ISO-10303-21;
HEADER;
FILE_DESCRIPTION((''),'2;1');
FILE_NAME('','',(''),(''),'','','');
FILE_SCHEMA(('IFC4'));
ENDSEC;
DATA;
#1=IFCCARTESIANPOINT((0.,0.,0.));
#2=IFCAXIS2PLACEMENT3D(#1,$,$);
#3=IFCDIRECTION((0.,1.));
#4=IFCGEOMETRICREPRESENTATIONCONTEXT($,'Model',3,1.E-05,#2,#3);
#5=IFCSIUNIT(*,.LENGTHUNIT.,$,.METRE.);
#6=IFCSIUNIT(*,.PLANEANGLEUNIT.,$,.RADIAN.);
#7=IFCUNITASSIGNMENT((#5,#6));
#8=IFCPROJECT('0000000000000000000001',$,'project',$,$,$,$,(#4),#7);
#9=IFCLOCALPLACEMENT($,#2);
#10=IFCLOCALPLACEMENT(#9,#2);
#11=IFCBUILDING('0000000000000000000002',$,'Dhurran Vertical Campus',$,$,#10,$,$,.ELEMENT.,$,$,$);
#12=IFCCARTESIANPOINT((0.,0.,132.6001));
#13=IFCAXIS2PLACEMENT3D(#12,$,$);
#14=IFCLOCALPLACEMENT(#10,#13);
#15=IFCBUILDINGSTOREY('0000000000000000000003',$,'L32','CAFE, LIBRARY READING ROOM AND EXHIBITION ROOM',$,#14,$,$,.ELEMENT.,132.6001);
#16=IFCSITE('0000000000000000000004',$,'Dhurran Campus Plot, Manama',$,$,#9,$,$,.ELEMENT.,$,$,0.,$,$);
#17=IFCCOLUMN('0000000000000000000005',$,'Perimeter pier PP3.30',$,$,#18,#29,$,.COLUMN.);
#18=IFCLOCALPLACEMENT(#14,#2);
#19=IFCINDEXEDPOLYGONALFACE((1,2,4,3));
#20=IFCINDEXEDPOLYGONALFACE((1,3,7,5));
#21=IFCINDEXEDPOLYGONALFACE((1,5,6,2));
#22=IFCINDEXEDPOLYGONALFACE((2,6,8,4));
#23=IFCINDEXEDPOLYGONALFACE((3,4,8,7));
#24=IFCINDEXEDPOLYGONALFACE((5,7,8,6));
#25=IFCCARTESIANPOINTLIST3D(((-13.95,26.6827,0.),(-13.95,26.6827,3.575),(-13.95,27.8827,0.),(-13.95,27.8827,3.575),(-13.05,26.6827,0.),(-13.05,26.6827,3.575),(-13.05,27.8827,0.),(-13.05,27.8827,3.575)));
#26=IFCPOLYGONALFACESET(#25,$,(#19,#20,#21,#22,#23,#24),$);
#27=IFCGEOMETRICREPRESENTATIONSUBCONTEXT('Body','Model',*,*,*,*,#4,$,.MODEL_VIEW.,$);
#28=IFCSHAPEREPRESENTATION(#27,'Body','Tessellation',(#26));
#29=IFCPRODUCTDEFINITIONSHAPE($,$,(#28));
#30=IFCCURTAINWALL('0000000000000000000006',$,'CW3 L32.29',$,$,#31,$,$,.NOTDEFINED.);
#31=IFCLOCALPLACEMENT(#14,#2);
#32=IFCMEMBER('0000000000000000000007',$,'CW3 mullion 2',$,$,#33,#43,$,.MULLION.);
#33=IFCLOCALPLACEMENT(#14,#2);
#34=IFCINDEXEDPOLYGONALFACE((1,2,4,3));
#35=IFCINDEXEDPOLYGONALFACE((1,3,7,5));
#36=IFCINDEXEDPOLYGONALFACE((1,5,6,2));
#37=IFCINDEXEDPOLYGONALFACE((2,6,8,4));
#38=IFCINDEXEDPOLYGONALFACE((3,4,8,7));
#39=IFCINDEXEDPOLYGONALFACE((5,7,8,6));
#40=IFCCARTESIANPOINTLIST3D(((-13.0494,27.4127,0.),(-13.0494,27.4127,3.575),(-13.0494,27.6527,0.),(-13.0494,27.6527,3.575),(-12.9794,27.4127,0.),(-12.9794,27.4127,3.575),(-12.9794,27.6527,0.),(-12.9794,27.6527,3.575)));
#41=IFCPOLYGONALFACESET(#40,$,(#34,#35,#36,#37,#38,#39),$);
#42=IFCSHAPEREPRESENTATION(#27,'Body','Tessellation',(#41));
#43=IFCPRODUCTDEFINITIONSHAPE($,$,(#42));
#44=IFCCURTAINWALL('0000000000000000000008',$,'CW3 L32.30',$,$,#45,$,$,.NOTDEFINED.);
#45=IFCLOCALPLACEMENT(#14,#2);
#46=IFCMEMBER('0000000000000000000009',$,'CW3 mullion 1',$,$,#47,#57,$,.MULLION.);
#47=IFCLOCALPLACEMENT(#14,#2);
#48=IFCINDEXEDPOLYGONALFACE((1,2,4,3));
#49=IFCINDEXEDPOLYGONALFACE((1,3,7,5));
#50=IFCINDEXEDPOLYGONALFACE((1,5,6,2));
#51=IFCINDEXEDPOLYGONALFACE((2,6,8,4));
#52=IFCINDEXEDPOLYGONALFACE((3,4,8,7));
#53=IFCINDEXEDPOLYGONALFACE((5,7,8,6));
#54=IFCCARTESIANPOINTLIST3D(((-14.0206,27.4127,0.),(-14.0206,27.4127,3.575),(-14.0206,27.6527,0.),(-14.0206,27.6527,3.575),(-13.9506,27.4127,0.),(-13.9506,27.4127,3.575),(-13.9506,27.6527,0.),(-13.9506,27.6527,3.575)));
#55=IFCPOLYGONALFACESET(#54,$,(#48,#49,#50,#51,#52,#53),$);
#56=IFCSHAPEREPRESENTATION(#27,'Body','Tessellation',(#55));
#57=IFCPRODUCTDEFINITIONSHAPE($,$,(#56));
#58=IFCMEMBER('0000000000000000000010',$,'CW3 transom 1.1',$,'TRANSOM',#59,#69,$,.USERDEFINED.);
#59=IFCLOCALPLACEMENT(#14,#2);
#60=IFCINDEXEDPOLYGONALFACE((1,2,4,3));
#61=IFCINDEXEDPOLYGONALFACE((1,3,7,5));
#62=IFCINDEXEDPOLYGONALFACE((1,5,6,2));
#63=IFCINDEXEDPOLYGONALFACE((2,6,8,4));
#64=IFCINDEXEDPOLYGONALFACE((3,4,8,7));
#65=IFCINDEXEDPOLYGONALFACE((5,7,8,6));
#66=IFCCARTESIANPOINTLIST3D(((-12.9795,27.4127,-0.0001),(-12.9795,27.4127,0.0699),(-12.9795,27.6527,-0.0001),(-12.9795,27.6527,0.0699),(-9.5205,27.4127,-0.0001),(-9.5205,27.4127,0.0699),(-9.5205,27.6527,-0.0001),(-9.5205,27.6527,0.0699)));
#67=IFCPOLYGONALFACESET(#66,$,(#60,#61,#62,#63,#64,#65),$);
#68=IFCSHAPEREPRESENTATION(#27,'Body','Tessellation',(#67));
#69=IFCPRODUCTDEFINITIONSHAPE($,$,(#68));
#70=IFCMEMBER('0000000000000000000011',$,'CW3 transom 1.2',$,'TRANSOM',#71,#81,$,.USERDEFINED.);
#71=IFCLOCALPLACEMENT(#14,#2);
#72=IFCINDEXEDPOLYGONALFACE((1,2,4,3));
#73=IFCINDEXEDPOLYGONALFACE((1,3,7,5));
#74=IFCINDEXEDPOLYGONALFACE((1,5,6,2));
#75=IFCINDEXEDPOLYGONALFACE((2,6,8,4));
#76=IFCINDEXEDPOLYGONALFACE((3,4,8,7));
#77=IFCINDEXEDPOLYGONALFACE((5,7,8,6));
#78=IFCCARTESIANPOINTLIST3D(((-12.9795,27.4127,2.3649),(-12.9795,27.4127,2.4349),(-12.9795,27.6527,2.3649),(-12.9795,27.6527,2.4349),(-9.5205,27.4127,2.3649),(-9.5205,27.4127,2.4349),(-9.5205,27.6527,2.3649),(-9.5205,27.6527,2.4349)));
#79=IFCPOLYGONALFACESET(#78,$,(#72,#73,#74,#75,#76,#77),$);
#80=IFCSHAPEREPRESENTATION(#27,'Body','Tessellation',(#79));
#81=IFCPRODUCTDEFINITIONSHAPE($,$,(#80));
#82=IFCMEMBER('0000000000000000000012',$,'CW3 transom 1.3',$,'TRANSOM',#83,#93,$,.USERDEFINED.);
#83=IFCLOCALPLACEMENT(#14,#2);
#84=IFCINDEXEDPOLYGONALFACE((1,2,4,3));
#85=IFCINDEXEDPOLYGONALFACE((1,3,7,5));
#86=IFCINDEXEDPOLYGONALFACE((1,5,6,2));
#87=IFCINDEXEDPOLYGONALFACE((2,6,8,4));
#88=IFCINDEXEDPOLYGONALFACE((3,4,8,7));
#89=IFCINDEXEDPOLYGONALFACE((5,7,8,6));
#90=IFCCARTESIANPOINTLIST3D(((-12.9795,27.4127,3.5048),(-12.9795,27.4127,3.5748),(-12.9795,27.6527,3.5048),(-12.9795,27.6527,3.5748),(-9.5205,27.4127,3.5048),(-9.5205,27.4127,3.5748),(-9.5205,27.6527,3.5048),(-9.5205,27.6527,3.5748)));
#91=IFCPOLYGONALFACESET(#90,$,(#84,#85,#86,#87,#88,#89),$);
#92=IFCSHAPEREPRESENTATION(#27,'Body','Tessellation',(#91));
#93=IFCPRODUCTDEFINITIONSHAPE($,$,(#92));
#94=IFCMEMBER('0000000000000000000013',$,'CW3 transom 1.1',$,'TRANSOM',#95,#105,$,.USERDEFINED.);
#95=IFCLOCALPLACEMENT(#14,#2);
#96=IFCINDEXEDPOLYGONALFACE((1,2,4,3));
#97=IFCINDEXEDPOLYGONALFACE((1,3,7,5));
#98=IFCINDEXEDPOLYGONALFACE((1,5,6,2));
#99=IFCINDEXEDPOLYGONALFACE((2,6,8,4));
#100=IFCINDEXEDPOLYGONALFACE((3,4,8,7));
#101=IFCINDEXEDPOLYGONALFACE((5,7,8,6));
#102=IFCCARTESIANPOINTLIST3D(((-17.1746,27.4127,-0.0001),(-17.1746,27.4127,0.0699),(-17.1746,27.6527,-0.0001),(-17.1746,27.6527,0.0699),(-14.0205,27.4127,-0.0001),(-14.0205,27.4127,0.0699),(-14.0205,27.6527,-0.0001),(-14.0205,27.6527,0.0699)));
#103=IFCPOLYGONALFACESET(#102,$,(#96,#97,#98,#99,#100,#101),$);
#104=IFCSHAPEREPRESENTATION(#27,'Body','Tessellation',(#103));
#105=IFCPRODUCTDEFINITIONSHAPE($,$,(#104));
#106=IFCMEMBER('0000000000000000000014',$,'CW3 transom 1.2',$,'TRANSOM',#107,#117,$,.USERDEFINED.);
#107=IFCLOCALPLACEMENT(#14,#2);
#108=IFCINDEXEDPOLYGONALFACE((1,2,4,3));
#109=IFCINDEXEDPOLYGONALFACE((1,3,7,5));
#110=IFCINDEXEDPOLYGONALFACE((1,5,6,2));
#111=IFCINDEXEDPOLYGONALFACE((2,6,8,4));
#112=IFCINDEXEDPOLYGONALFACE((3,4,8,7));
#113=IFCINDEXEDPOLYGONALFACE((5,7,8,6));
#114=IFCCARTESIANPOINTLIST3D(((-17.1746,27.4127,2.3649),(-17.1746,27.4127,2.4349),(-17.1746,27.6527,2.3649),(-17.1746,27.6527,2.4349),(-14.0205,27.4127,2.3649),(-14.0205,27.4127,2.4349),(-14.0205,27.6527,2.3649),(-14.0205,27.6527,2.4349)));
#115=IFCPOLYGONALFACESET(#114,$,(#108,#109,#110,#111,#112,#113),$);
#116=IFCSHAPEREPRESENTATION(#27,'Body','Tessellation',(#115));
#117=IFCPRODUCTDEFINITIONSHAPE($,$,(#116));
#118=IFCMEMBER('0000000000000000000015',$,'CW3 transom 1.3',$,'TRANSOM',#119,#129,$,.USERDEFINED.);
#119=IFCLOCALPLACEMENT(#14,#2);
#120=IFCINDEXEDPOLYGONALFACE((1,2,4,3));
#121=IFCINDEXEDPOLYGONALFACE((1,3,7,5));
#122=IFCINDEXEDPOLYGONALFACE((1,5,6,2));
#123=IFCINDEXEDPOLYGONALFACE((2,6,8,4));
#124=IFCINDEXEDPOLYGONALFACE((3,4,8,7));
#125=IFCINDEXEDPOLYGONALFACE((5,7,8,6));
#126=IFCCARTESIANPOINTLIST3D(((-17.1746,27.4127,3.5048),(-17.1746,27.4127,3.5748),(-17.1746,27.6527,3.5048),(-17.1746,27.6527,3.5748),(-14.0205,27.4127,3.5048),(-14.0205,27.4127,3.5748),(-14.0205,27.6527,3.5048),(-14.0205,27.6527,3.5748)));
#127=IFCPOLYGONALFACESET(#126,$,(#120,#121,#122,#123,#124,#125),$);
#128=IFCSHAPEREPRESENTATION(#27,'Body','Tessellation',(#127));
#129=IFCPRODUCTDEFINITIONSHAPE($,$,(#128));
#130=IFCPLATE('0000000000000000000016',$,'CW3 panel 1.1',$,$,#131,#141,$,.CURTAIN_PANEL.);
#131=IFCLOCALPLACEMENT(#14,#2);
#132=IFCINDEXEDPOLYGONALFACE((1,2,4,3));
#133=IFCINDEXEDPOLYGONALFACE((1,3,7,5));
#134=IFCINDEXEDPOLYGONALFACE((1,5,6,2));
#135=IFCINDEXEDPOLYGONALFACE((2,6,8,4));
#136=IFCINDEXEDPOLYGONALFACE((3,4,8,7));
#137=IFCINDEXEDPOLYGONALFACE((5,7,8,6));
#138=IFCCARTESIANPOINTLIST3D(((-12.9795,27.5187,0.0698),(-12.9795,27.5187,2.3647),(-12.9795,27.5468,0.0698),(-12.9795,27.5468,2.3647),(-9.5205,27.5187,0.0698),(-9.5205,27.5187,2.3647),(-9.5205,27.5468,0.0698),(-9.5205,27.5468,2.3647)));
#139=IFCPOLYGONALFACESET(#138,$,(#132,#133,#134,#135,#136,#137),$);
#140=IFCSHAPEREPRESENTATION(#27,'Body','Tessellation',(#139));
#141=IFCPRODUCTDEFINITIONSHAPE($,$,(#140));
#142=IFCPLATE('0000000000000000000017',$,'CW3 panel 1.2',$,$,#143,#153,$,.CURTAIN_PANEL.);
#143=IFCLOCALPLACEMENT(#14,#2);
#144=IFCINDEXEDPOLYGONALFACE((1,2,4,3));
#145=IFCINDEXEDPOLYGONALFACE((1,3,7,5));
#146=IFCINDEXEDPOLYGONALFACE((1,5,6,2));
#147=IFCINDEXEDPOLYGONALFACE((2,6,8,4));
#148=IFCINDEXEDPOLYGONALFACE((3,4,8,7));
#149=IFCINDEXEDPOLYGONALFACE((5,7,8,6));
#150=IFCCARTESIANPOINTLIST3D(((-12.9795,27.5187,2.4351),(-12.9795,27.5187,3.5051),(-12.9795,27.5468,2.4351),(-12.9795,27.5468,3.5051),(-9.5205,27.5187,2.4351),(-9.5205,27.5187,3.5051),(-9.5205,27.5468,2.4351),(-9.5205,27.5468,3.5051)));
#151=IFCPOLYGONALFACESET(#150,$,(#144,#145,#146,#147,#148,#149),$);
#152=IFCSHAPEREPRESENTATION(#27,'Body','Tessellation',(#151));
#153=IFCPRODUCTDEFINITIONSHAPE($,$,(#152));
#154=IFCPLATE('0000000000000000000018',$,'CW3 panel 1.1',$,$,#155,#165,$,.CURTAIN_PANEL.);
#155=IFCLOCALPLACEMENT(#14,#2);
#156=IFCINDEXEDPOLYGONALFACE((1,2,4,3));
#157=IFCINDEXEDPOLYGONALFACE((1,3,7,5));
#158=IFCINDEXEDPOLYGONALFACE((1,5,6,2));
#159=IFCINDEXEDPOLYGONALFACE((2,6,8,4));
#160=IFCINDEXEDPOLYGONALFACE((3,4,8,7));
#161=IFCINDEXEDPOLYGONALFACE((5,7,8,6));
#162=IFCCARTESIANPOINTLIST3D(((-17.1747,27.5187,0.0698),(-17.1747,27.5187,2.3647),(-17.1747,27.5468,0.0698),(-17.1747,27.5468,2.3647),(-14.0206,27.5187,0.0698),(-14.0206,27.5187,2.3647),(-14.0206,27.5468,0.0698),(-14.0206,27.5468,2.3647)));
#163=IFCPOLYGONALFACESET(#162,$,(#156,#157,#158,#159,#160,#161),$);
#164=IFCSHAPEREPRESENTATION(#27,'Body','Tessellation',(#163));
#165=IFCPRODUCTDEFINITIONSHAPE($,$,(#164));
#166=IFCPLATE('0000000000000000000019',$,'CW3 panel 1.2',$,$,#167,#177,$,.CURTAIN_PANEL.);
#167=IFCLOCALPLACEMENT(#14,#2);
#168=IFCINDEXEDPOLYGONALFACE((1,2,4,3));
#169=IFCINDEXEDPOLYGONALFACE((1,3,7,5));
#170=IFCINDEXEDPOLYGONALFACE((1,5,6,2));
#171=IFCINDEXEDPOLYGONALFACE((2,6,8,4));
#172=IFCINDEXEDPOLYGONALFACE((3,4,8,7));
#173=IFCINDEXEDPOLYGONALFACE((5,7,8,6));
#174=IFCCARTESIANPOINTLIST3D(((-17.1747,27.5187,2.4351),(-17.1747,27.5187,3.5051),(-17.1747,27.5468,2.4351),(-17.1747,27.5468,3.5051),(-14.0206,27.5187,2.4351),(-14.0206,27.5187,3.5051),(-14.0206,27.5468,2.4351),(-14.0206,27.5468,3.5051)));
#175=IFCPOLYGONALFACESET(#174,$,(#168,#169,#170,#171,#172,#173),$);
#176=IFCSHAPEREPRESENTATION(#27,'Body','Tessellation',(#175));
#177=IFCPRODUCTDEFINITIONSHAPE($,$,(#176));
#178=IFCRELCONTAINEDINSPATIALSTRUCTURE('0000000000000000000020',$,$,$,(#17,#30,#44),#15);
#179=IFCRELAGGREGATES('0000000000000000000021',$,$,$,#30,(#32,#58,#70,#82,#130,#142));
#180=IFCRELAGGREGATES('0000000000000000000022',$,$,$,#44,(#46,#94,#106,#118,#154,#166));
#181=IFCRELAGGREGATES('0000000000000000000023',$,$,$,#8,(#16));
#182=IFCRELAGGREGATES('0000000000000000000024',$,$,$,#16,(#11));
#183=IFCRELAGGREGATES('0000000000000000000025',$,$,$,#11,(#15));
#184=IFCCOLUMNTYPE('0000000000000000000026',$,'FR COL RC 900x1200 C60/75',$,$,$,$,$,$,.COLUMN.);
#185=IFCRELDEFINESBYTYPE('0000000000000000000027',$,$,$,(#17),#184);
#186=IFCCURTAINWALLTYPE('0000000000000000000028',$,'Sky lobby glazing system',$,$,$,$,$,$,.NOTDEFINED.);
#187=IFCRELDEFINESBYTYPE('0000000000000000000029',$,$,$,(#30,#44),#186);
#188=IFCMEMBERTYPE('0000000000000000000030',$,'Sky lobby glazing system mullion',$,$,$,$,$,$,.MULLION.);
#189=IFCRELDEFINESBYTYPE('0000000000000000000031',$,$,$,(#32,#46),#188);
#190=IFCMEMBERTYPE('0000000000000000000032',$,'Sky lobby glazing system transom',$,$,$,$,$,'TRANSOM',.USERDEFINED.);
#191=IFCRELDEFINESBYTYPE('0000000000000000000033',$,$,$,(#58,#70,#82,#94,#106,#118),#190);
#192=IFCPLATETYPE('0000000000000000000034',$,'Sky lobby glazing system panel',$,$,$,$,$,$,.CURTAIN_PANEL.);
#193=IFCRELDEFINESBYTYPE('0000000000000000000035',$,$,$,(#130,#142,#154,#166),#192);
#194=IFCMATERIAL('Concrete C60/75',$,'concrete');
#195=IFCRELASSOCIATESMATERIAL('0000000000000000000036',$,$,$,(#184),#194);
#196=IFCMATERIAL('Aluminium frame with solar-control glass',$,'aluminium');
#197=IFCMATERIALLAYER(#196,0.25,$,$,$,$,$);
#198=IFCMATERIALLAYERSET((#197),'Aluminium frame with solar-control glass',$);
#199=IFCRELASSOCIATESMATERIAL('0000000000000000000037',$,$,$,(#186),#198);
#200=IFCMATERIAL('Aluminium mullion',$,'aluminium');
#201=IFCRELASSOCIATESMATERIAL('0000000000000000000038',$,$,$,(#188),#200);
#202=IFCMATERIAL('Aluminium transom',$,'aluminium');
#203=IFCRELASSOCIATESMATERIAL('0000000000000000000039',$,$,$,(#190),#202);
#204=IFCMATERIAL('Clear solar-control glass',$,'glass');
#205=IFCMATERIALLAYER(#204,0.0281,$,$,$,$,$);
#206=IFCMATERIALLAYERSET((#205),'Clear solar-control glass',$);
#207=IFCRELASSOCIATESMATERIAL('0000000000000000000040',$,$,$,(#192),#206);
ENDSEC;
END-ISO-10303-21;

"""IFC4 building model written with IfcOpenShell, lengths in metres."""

from ifc_helpers import new_model, si_unit, direction, frame, origin, origin_2d, place, context, subcontext, project, spatial, rectangle, extrude, material, layer, layer_set, material_profile, profile_set, type_object, element, aggregate, save


model = new_model("IFC4")

# Units and contexts
model_context = context("Model", 3, precision=1e-05, world=origin(), true_north=direction((0.0, 1.0)))
body_context = subcontext(model_context, "Body", "Model", "MODEL_VIEW")
ifc_project = project(units=[si_unit("LENGTHUNIT", "METRE"), si_unit("PLANEANGLEUNIT", "RADIAN")], contexts=[model_context])

# Site, building, storey
site_placement = place(None, origin())
site = spatial("IfcSite", under=ifc_project, at=site_placement, Name="Dhurran Campus Plot, Manama", CompositionType="ELEMENT", RefElevation=0.0)
building_placement = place(site_placement, origin())
building = spatial("IfcBuilding", under=site, at=building_placement, Name="Dhurran Vertical Campus", CompositionType="ELEMENT")
storey_placement = place(building_placement, frame((0.0, 0.0, 132.6001)))
storey = spatial("IfcBuildingStorey", under=building, at=storey_placement, Name="L32", Description="CAFE, LIBRARY READING ROOM AND EXHIBITION ROOM", CompositionType="ELEMENT", Elevation=132.6001)

# Column
ifc_material_1 = material(Name="Concrete C60/75", Category="concrete")
ifc_material_profile_1 = material_profile(ifc_material_1, rectangle(XDim=0.8999, YDim=1.2, at=origin_2d()), Name="RC 900x1200")
ifc_profile_set_1 = profile_set([ifc_material_profile_1], Name="Concrete C60/75")
column_type = type_object("IfcColumnType", Name="FR COL RC 900x1200 C60/75", PredefinedType="COLUMN", material=ifc_profile_set_1)
column_placement = place(storey_placement, frame((-13.5, 27.2827, 0.0), z_axis=(0.0, 0.0, 1.0), x_axis=(-1.0, 0.0, 0.0)))
element("IfcColumn", 1, at=column_placement, inside=storey, type_object=column_type, Name="Perimeter pier PP3.30", PredefinedType="COLUMN", context=body_context, shape_type="SweptSolid", body=[
    extrude(rectangle(XDim=0.8999, YDim=1.2, at=origin_2d()), origin(), (0.0, 0.0, 1.0), 3.575),
])

# Curtain walls, members
ifc_material_2 = material(Name="Aluminium frame with solar-control glass", Category="aluminium")
ifc_layer_1 = layer(ifc_material_2, 0.25)
ifc_layer_set_1 = layer_set([ifc_layer_1], Name="Aluminium frame with solar-control glass")
curtain_wall_type = type_object("IfcCurtainWallType", Name="Sky lobby glazing system", PredefinedType="NOTDEFINED", material=ifc_layer_set_1)
curtain_wall_1_placement = place(storey_placement, origin())
curtain_wall_1 = element("IfcCurtainWall", 2, at=curtain_wall_1_placement, inside=storey, type_object=curtain_wall_type, Name="CW3 L32.29", PredefinedType="NOTDEFINED")
ifc_material_3 = material(Name="Aluminium mullion", Category="aluminium")
ifc_material_profile_2 = material_profile(ifc_material_3, rectangle(XDim=0.24, YDim=0.0701, at=origin_2d()), Name="Sky lobby glazing system mullion")
ifc_profile_set_2 = profile_set([ifc_material_profile_2], Name="Aluminium mullion")
member_type_1 = type_object("IfcMemberType", Name="Sky lobby glazing system mullion", PredefinedType="MULLION", material=ifc_profile_set_2)
member_1_placement = place(storey_placement, frame((-13.0144, 27.5327, 0.0), z_axis=(0.0, 0.0, 1.0), x_axis=(0.0, -1.0, 0.0)))
member_1 = element("IfcMember", 3, at=member_1_placement, type_object=member_type_1, Name="CW3 mullion 2", PredefinedType="MULLION", context=body_context, shape_type="SweptSolid", body=[
    extrude(rectangle(XDim=0.24, YDim=0.0701, at=origin_2d()), origin(), (0.0, 0.0, 1.0), 3.575),
])
curtain_wall_2_placement = place(storey_placement, origin())
curtain_wall_2 = element("IfcCurtainWall", 4, at=curtain_wall_2_placement, inside=storey, type_object=curtain_wall_type, Name="CW3 L32.30", PredefinedType="NOTDEFINED")
member_2_placement = place(storey_placement, frame((-13.9856, 27.5327, 0.0), z_axis=(0.0, 0.0, 1.0), x_axis=(0.0, -1.0, 0.0)))
member_2 = element("IfcMember", 5, at=member_2_placement, type_object=member_type_1, Name="CW3 mullion 1", PredefinedType="MULLION", context=body_context, shape_type="SweptSolid", body=[
    extrude(rectangle(XDim=0.24, YDim=0.0701, at=origin_2d()), origin(), (0.0, 0.0, 1.0), 3.575),
])

# Members
ifc_material_4 = material(Name="Aluminium transom", Category="aluminium")
ifc_material_profile_3 = material_profile(ifc_material_4, rectangle(XDim=0.24, YDim=0.0701, at=origin_2d()), Name="Sky lobby glazing system transom")
ifc_profile_set_3 = profile_set([ifc_material_profile_3], Name="Aluminium transom")
member_type_2 = type_object("IfcMemberType", Name="Sky lobby glazing system transom", ElementType="TRANSOM", PredefinedType="USERDEFINED", material=ifc_profile_set_3)
member_3_placement = place(storey_placement, frame((-9.5205, 27.5327, 0.0349), z_axis=(-1.0, 0.0, 0.0), x_axis=(0.0, -1.0, 0.0)))
member_3 = element("IfcMember", 6, at=member_3_placement, type_object=member_type_2, Name="CW3 transom 1.1", ObjectType="TRANSOM", PredefinedType="USERDEFINED", context=body_context, shape_type="SweptSolid", body=[
    extrude(rectangle(XDim=0.24, YDim=0.0701, at=origin_2d()), origin(), (0.0, 0.0, 1.0), 3.459),
])
member_4_placement = place(storey_placement, frame((-9.5205, 27.5327, 2.3999), z_axis=(-1.0, 0.0, 0.0), x_axis=(0.0, -1.0, 0.0)))
member_4 = element("IfcMember", 7, at=member_4_placement, type_object=member_type_2, Name="CW3 transom 1.2", ObjectType="TRANSOM", PredefinedType="USERDEFINED", context=body_context, shape_type="SweptSolid", body=[
    extrude(rectangle(XDim=0.24, YDim=0.0701, at=origin_2d()), origin(), (0.0, 0.0, 1.0), 3.459),
])
member_5_placement = place(storey_placement, frame((-9.5205, 27.5327, 3.5398), z_axis=(-1.0, 0.0, 0.0), x_axis=(0.0, -1.0, 0.0)))
member_5 = element("IfcMember", 8, at=member_5_placement, type_object=member_type_2, Name="CW3 transom 1.3", ObjectType="TRANSOM", PredefinedType="USERDEFINED", context=body_context, shape_type="SweptSolid", body=[
    extrude(rectangle(XDim=0.24, YDim=0.0701, at=origin_2d()), origin(), (0.0, 0.0, 1.0), 3.459),
])
member_6_placement = place(storey_placement, frame((-14.0205, 27.5327, 0.0349), z_axis=(-1.0, 0.0, 0.0), x_axis=(0.0, -1.0, 0.0)))
member_6 = element("IfcMember", 9, at=member_6_placement, type_object=member_type_2, Name="CW3 transom 1.1", ObjectType="TRANSOM", PredefinedType="USERDEFINED", context=body_context, shape_type="SweptSolid", body=[
    extrude(rectangle(XDim=0.24, YDim=0.0701, at=origin_2d()), origin(), (0.0, 0.0, 1.0), 3.1541),
])
member_7_placement = place(storey_placement, frame((-14.0205, 27.5327, 2.3999), z_axis=(-1.0, 0.0, 0.0), x_axis=(0.0, -1.0, 0.0)))
member_7 = element("IfcMember", 10, at=member_7_placement, type_object=member_type_2, Name="CW3 transom 1.2", ObjectType="TRANSOM", PredefinedType="USERDEFINED", context=body_context, shape_type="SweptSolid", body=[
    extrude(rectangle(XDim=0.24, YDim=0.0701, at=origin_2d()), origin(), (0.0, 0.0, 1.0), 3.1541),
])
member_8_placement = place(storey_placement, frame((-14.0205, 27.5327, 3.5398), z_axis=(-1.0, 0.0, 0.0), x_axis=(0.0, -1.0, 0.0)))
member_8 = element("IfcMember", 11, at=member_8_placement, type_object=member_type_2, Name="CW3 transom 1.3", ObjectType="TRANSOM", PredefinedType="USERDEFINED", context=body_context, shape_type="SweptSolid", body=[
    extrude(rectangle(XDim=0.24, YDim=0.0701, at=origin_2d()), origin(), (0.0, 0.0, 1.0), 3.1541),
])

# Plates
ifc_material_5 = material(Name="Clear solar-control glass", Category="glass")
ifc_layer_2 = layer(ifc_material_5, 0.0281)
ifc_layer_set_2 = layer_set([ifc_layer_2], Name="Clear solar-control glass")
plate_type = type_object("IfcPlateType", Name="Sky lobby glazing system panel", PredefinedType="CURTAIN_PANEL", material=ifc_layer_set_2)
plate_1_placement = place(storey_placement, frame((-11.25, 27.5327, 0.0698), z_axis=(0.0, 0.0, 1.0), x_axis=(-1.0, 0.0, 0.0)))
plate_1 = element("IfcPlate", 12, at=plate_1_placement, type_object=plate_type, Name="CW3 panel 1.1", PredefinedType="CURTAIN_PANEL", context=body_context, shape_type="SweptSolid", body=[
    extrude(rectangle(XDim=3.459, YDim=0.0281, at=origin_2d()), origin(), (0.0, 0.0, 1.0), 2.2949),
])
plate_2_placement = place(storey_placement, frame((-11.25, 27.5327, 2.4351), z_axis=(0.0, 0.0, 1.0), x_axis=(-1.0, 0.0, 0.0)))
plate_2 = element("IfcPlate", 13, at=plate_2_placement, type_object=plate_type, Name="CW3 panel 1.2", PredefinedType="CURTAIN_PANEL", context=body_context, shape_type="SweptSolid", body=[
    extrude(rectangle(XDim=3.459, YDim=0.0281, at=origin_2d()), origin(), (0.0, 0.0, 1.0), 1.0701),
])
aggregate(curtain_wall_1, [member_1, member_3, member_4, member_5, plate_1, plate_2])
plate_3_placement = place(storey_placement, frame((-15.5977, 27.5327, 0.0698), z_axis=(0.0, 0.0, 1.0), x_axis=(-1.0, 0.0, 0.0)))
plate_3 = element("IfcPlate", 14, at=plate_3_placement, type_object=plate_type, Name="CW3 panel 1.1", PredefinedType="CURTAIN_PANEL", context=body_context, shape_type="SweptSolid", body=[
    extrude(rectangle(XDim=3.1541, YDim=0.0281, at=origin_2d()), origin(), (0.0, 0.0, 1.0), 2.2949),
])
plate_4_placement = place(storey_placement, frame((-15.5977, 27.5327, 2.4351), z_axis=(0.0, 0.0, 1.0), x_axis=(-1.0, 0.0, 0.0)))
plate_4 = element("IfcPlate", 15, at=plate_4_placement, type_object=plate_type, Name="CW3 panel 1.2", PredefinedType="CURTAIN_PANEL", context=body_context, shape_type="SweptSolid", body=[
    extrude(rectangle(XDim=3.1541, YDim=0.0281, at=origin_2d()), origin(), (0.0, 0.0, 1.0), 1.0701),
])
aggregate(curtain_wall_2, [member_2, member_6, member_7, member_8, plate_3, plate_4])

save(model, "model.ifc")
